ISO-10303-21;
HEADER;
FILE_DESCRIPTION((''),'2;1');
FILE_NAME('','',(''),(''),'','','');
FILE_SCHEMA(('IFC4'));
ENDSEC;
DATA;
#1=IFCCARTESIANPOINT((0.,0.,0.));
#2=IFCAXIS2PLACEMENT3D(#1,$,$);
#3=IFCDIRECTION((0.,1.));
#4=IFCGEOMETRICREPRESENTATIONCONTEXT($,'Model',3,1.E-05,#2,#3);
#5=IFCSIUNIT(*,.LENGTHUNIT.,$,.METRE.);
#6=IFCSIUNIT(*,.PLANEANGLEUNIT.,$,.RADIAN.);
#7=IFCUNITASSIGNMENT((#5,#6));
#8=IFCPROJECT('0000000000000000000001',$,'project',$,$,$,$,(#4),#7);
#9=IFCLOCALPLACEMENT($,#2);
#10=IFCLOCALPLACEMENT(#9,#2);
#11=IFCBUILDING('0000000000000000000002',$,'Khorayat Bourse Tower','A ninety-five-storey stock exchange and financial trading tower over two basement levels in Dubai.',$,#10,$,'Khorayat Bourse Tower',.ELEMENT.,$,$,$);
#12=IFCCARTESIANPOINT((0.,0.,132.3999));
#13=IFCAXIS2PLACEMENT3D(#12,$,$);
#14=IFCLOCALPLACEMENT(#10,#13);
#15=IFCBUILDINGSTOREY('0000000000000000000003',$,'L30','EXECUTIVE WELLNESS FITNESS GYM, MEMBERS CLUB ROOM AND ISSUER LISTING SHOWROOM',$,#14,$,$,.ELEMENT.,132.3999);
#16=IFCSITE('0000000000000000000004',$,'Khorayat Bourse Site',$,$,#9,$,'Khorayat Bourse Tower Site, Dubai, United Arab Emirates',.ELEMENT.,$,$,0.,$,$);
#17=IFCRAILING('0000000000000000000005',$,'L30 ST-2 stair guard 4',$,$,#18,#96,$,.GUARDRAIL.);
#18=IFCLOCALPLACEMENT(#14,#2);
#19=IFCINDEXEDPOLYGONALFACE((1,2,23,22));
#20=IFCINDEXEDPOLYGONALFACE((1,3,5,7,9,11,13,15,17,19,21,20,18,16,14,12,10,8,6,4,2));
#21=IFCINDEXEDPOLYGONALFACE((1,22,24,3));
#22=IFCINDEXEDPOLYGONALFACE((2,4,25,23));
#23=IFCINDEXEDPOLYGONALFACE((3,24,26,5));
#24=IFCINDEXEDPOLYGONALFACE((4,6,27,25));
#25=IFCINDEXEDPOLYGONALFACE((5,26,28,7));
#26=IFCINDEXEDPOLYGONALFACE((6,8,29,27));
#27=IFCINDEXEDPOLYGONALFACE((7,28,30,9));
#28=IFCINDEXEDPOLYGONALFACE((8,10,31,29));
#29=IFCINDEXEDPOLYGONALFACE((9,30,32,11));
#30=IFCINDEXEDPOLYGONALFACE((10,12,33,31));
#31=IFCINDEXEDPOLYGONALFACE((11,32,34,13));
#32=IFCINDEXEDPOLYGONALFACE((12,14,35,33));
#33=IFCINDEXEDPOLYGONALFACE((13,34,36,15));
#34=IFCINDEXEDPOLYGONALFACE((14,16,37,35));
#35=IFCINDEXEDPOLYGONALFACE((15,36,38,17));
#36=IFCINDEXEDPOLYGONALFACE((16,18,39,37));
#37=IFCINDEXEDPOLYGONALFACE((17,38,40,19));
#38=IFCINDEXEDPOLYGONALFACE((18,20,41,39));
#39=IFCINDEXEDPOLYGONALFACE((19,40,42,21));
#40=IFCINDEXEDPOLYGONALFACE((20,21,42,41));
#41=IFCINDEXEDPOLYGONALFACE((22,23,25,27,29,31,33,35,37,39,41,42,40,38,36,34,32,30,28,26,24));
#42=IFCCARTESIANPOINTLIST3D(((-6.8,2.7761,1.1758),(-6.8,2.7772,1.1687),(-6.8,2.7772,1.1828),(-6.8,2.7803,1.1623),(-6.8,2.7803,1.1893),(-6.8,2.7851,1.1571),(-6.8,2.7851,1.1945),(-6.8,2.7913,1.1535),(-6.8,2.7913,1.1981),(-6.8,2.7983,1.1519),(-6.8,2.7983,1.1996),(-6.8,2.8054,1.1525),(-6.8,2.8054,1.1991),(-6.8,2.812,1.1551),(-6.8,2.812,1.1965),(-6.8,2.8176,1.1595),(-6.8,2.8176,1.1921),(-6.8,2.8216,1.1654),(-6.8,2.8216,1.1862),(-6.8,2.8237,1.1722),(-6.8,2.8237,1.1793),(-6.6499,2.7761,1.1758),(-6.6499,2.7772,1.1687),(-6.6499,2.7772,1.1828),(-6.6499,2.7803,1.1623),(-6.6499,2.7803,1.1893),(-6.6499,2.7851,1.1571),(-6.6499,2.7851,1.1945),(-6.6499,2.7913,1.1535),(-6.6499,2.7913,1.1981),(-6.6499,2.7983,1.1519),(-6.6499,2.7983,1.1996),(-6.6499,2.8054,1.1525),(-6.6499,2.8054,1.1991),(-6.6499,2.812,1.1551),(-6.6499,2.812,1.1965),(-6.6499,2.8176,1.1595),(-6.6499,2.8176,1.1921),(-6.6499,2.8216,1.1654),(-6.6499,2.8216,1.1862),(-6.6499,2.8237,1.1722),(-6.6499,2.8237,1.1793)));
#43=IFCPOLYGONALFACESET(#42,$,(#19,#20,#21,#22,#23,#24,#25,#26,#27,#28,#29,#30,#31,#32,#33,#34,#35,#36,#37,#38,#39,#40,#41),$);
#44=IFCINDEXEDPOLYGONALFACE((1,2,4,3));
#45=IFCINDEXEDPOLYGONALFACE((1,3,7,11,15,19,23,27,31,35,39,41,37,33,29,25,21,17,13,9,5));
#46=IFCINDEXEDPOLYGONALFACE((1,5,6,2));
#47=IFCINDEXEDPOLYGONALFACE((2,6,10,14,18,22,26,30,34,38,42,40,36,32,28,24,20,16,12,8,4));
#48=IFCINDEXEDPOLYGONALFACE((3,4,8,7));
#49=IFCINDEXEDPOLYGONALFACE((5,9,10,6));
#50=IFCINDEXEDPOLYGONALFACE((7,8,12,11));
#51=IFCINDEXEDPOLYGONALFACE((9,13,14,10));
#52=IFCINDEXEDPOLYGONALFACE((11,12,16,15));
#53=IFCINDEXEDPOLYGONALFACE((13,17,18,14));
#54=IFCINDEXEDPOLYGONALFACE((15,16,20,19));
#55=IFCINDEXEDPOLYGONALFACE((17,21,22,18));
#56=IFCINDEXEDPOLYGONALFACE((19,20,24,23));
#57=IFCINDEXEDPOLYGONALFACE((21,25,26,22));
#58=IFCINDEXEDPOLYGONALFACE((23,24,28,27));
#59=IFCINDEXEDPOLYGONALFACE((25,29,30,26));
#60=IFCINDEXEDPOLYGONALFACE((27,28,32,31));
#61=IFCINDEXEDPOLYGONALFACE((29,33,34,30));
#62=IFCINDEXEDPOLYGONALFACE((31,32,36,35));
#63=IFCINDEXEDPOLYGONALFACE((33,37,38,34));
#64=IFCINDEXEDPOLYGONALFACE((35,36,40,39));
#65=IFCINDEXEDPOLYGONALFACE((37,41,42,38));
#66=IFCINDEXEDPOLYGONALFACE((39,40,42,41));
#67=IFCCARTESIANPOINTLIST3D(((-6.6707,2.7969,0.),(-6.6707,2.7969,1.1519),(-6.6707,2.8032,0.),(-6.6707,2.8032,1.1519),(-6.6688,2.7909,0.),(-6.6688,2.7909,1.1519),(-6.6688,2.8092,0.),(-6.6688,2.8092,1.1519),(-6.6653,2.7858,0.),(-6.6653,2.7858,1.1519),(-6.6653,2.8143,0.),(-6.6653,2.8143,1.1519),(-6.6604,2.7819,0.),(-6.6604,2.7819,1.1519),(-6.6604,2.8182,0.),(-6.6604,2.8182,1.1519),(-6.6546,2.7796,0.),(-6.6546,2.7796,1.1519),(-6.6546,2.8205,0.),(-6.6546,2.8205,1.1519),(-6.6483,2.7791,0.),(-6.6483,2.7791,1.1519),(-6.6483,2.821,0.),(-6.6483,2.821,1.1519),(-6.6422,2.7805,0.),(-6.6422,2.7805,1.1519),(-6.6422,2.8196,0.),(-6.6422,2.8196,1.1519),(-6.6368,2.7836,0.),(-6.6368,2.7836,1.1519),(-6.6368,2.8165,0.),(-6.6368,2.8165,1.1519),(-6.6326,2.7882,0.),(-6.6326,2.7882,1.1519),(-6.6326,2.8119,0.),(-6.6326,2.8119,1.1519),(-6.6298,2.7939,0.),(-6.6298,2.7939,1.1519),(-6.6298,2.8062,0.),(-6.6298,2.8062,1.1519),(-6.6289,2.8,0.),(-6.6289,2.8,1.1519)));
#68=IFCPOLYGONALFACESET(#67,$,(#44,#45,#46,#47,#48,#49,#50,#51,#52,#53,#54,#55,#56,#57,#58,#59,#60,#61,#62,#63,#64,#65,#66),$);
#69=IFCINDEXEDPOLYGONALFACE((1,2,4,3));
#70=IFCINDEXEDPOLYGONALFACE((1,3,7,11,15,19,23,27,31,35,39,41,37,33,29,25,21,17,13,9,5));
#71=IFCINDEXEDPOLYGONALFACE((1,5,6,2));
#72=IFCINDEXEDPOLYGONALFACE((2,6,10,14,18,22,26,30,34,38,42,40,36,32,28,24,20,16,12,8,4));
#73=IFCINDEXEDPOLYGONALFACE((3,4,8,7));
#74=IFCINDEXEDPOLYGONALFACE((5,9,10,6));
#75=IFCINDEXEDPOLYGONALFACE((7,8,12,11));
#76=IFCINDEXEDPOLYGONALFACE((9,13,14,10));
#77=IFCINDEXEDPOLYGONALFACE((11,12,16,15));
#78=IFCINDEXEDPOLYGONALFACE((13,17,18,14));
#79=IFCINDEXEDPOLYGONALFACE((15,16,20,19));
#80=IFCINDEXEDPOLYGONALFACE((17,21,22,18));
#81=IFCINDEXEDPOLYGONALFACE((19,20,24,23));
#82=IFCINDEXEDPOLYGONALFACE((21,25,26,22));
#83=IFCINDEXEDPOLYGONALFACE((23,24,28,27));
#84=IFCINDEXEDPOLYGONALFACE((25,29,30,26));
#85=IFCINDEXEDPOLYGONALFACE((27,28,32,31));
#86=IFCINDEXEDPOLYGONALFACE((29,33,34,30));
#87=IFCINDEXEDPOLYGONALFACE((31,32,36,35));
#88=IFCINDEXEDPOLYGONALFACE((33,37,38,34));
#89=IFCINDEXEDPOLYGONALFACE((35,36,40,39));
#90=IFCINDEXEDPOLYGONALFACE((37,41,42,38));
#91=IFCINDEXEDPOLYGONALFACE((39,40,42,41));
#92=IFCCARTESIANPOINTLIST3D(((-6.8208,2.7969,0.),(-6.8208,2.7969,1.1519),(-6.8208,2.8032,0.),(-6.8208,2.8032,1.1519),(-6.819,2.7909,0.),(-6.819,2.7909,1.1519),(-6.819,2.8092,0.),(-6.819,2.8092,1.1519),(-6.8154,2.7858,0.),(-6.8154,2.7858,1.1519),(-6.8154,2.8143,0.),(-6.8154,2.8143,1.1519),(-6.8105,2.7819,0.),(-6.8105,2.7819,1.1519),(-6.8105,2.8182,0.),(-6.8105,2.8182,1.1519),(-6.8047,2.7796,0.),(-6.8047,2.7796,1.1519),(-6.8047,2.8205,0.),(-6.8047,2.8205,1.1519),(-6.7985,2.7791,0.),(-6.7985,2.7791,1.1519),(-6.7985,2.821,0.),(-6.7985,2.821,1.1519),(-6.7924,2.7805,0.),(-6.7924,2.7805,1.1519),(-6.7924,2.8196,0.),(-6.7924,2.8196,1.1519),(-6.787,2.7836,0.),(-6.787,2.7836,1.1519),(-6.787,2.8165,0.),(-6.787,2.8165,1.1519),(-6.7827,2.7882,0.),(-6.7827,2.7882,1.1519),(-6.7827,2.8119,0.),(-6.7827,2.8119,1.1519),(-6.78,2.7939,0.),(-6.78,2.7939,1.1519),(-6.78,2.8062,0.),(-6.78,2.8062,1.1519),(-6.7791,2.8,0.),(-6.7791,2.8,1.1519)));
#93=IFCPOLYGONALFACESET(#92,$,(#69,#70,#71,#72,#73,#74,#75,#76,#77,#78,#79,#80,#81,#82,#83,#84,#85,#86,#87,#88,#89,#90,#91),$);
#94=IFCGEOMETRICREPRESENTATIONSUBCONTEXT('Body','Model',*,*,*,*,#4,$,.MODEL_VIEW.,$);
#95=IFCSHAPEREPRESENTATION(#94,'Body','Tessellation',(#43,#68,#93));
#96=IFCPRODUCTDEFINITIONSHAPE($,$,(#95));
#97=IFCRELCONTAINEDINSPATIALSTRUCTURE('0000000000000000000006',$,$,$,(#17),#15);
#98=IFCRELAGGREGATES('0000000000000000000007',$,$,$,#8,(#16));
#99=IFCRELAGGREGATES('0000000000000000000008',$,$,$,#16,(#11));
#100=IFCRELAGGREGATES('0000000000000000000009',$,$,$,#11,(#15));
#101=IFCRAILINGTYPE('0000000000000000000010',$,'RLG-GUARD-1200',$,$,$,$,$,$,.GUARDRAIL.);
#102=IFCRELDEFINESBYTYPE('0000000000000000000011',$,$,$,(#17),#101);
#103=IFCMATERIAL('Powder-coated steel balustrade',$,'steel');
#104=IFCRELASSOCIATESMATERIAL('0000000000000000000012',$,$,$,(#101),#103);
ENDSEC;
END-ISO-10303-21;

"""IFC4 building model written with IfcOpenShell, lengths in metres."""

from ifc_helpers import new_model, si_unit, direction, frame, origin, origin_2d, place, context, subcontext, project, spatial, circle, extrude, source, transform, mapped, material, type_object, element, save


model = new_model("IFC4")

# Units and contexts
model_context = context("Model", 3, precision=1e-05, world=origin(), true_north=direction((0.0, 1.0)))
body_context = subcontext(model_context, "Body", "Model", "MODEL_VIEW")
ifc_project = project(units=[si_unit("LENGTHUNIT", "METRE"), si_unit("PLANEANGLEUNIT", "RADIAN")], contexts=[model_context])

# Site, building, storey
site_placement = place(None, origin())
site = spatial("IfcSite", under=ifc_project, at=site_placement, Name="Khorayat Bourse Site", LongName="Khorayat Bourse Tower Site, Dubai, United Arab Emirates", CompositionType="ELEMENT", RefElevation=0.0)
building_placement = place(site_placement, origin())
building = spatial("IfcBuilding", under=site, at=building_placement, Name="Khorayat Bourse Tower", Description="A ninety-five-storey stock exchange and financial trading tower over two basement levels in Dubai.", LongName="Khorayat Bourse Tower", CompositionType="ELEMENT")
storey_placement = place(building_placement, frame((0.0, 0.0, 132.3999)))
storey = spatial("IfcBuildingStorey", under=building, at=storey_placement, Name="L30", Description="EXECUTIVE WELLNESS FITNESS GYM, MEMBERS CLUB ROOM AND ISSUER LISTING SHOWROOM", CompositionType="ELEMENT", Elevation=132.3999)

# Railing
ifc_material_1 = material(Name="Powder-coated steel balustrade", Category="steel")
railing_type_1 = type_object("IfcRailingType", Name="RLG-GUARD-1200", PredefinedType="GUARDRAIL", material=ifc_material_1)
shared_shape_1 = source(origin(), body_context, "Body", "SweptSolid", [
    extrude(circle(Radius=0.0239, at=origin_2d()), frame((0.0, 0.0, 1.1758), z_axis=(-1.0, 0.0, 0.0), x_axis=(0.0, -1.0, 0.0)), (0.0, 0.0, 1.0), 0.1501),
    extrude(circle(Radius=0.021, at=origin_2d()), origin(), (0.0, 0.0, 1.0), 1.1519),
    extrude(circle(Radius=0.021, at=origin_2d()), frame((-0.1501, 0.0, 0.0)), (0.0, 0.0, 1.0), 1.1519),
])
for number, where, name in (
    (1, (-6.6499, 2.8, 0.0), "L30 ST-2 stair guard 4"),
):
    element("IfcRailing", number, at=place(storey_placement, frame(where)), inside=storey, type_object=railing_type_1, Name=name, PredefinedType="GUARDRAIL", context=body_context, shape_type="MappedRepresentation", body=[
        mapped(shared_shape_1, transform((0.0, 0.0, 0.0), scale=1.0)),
    ])

save(model, "model.ifc")
